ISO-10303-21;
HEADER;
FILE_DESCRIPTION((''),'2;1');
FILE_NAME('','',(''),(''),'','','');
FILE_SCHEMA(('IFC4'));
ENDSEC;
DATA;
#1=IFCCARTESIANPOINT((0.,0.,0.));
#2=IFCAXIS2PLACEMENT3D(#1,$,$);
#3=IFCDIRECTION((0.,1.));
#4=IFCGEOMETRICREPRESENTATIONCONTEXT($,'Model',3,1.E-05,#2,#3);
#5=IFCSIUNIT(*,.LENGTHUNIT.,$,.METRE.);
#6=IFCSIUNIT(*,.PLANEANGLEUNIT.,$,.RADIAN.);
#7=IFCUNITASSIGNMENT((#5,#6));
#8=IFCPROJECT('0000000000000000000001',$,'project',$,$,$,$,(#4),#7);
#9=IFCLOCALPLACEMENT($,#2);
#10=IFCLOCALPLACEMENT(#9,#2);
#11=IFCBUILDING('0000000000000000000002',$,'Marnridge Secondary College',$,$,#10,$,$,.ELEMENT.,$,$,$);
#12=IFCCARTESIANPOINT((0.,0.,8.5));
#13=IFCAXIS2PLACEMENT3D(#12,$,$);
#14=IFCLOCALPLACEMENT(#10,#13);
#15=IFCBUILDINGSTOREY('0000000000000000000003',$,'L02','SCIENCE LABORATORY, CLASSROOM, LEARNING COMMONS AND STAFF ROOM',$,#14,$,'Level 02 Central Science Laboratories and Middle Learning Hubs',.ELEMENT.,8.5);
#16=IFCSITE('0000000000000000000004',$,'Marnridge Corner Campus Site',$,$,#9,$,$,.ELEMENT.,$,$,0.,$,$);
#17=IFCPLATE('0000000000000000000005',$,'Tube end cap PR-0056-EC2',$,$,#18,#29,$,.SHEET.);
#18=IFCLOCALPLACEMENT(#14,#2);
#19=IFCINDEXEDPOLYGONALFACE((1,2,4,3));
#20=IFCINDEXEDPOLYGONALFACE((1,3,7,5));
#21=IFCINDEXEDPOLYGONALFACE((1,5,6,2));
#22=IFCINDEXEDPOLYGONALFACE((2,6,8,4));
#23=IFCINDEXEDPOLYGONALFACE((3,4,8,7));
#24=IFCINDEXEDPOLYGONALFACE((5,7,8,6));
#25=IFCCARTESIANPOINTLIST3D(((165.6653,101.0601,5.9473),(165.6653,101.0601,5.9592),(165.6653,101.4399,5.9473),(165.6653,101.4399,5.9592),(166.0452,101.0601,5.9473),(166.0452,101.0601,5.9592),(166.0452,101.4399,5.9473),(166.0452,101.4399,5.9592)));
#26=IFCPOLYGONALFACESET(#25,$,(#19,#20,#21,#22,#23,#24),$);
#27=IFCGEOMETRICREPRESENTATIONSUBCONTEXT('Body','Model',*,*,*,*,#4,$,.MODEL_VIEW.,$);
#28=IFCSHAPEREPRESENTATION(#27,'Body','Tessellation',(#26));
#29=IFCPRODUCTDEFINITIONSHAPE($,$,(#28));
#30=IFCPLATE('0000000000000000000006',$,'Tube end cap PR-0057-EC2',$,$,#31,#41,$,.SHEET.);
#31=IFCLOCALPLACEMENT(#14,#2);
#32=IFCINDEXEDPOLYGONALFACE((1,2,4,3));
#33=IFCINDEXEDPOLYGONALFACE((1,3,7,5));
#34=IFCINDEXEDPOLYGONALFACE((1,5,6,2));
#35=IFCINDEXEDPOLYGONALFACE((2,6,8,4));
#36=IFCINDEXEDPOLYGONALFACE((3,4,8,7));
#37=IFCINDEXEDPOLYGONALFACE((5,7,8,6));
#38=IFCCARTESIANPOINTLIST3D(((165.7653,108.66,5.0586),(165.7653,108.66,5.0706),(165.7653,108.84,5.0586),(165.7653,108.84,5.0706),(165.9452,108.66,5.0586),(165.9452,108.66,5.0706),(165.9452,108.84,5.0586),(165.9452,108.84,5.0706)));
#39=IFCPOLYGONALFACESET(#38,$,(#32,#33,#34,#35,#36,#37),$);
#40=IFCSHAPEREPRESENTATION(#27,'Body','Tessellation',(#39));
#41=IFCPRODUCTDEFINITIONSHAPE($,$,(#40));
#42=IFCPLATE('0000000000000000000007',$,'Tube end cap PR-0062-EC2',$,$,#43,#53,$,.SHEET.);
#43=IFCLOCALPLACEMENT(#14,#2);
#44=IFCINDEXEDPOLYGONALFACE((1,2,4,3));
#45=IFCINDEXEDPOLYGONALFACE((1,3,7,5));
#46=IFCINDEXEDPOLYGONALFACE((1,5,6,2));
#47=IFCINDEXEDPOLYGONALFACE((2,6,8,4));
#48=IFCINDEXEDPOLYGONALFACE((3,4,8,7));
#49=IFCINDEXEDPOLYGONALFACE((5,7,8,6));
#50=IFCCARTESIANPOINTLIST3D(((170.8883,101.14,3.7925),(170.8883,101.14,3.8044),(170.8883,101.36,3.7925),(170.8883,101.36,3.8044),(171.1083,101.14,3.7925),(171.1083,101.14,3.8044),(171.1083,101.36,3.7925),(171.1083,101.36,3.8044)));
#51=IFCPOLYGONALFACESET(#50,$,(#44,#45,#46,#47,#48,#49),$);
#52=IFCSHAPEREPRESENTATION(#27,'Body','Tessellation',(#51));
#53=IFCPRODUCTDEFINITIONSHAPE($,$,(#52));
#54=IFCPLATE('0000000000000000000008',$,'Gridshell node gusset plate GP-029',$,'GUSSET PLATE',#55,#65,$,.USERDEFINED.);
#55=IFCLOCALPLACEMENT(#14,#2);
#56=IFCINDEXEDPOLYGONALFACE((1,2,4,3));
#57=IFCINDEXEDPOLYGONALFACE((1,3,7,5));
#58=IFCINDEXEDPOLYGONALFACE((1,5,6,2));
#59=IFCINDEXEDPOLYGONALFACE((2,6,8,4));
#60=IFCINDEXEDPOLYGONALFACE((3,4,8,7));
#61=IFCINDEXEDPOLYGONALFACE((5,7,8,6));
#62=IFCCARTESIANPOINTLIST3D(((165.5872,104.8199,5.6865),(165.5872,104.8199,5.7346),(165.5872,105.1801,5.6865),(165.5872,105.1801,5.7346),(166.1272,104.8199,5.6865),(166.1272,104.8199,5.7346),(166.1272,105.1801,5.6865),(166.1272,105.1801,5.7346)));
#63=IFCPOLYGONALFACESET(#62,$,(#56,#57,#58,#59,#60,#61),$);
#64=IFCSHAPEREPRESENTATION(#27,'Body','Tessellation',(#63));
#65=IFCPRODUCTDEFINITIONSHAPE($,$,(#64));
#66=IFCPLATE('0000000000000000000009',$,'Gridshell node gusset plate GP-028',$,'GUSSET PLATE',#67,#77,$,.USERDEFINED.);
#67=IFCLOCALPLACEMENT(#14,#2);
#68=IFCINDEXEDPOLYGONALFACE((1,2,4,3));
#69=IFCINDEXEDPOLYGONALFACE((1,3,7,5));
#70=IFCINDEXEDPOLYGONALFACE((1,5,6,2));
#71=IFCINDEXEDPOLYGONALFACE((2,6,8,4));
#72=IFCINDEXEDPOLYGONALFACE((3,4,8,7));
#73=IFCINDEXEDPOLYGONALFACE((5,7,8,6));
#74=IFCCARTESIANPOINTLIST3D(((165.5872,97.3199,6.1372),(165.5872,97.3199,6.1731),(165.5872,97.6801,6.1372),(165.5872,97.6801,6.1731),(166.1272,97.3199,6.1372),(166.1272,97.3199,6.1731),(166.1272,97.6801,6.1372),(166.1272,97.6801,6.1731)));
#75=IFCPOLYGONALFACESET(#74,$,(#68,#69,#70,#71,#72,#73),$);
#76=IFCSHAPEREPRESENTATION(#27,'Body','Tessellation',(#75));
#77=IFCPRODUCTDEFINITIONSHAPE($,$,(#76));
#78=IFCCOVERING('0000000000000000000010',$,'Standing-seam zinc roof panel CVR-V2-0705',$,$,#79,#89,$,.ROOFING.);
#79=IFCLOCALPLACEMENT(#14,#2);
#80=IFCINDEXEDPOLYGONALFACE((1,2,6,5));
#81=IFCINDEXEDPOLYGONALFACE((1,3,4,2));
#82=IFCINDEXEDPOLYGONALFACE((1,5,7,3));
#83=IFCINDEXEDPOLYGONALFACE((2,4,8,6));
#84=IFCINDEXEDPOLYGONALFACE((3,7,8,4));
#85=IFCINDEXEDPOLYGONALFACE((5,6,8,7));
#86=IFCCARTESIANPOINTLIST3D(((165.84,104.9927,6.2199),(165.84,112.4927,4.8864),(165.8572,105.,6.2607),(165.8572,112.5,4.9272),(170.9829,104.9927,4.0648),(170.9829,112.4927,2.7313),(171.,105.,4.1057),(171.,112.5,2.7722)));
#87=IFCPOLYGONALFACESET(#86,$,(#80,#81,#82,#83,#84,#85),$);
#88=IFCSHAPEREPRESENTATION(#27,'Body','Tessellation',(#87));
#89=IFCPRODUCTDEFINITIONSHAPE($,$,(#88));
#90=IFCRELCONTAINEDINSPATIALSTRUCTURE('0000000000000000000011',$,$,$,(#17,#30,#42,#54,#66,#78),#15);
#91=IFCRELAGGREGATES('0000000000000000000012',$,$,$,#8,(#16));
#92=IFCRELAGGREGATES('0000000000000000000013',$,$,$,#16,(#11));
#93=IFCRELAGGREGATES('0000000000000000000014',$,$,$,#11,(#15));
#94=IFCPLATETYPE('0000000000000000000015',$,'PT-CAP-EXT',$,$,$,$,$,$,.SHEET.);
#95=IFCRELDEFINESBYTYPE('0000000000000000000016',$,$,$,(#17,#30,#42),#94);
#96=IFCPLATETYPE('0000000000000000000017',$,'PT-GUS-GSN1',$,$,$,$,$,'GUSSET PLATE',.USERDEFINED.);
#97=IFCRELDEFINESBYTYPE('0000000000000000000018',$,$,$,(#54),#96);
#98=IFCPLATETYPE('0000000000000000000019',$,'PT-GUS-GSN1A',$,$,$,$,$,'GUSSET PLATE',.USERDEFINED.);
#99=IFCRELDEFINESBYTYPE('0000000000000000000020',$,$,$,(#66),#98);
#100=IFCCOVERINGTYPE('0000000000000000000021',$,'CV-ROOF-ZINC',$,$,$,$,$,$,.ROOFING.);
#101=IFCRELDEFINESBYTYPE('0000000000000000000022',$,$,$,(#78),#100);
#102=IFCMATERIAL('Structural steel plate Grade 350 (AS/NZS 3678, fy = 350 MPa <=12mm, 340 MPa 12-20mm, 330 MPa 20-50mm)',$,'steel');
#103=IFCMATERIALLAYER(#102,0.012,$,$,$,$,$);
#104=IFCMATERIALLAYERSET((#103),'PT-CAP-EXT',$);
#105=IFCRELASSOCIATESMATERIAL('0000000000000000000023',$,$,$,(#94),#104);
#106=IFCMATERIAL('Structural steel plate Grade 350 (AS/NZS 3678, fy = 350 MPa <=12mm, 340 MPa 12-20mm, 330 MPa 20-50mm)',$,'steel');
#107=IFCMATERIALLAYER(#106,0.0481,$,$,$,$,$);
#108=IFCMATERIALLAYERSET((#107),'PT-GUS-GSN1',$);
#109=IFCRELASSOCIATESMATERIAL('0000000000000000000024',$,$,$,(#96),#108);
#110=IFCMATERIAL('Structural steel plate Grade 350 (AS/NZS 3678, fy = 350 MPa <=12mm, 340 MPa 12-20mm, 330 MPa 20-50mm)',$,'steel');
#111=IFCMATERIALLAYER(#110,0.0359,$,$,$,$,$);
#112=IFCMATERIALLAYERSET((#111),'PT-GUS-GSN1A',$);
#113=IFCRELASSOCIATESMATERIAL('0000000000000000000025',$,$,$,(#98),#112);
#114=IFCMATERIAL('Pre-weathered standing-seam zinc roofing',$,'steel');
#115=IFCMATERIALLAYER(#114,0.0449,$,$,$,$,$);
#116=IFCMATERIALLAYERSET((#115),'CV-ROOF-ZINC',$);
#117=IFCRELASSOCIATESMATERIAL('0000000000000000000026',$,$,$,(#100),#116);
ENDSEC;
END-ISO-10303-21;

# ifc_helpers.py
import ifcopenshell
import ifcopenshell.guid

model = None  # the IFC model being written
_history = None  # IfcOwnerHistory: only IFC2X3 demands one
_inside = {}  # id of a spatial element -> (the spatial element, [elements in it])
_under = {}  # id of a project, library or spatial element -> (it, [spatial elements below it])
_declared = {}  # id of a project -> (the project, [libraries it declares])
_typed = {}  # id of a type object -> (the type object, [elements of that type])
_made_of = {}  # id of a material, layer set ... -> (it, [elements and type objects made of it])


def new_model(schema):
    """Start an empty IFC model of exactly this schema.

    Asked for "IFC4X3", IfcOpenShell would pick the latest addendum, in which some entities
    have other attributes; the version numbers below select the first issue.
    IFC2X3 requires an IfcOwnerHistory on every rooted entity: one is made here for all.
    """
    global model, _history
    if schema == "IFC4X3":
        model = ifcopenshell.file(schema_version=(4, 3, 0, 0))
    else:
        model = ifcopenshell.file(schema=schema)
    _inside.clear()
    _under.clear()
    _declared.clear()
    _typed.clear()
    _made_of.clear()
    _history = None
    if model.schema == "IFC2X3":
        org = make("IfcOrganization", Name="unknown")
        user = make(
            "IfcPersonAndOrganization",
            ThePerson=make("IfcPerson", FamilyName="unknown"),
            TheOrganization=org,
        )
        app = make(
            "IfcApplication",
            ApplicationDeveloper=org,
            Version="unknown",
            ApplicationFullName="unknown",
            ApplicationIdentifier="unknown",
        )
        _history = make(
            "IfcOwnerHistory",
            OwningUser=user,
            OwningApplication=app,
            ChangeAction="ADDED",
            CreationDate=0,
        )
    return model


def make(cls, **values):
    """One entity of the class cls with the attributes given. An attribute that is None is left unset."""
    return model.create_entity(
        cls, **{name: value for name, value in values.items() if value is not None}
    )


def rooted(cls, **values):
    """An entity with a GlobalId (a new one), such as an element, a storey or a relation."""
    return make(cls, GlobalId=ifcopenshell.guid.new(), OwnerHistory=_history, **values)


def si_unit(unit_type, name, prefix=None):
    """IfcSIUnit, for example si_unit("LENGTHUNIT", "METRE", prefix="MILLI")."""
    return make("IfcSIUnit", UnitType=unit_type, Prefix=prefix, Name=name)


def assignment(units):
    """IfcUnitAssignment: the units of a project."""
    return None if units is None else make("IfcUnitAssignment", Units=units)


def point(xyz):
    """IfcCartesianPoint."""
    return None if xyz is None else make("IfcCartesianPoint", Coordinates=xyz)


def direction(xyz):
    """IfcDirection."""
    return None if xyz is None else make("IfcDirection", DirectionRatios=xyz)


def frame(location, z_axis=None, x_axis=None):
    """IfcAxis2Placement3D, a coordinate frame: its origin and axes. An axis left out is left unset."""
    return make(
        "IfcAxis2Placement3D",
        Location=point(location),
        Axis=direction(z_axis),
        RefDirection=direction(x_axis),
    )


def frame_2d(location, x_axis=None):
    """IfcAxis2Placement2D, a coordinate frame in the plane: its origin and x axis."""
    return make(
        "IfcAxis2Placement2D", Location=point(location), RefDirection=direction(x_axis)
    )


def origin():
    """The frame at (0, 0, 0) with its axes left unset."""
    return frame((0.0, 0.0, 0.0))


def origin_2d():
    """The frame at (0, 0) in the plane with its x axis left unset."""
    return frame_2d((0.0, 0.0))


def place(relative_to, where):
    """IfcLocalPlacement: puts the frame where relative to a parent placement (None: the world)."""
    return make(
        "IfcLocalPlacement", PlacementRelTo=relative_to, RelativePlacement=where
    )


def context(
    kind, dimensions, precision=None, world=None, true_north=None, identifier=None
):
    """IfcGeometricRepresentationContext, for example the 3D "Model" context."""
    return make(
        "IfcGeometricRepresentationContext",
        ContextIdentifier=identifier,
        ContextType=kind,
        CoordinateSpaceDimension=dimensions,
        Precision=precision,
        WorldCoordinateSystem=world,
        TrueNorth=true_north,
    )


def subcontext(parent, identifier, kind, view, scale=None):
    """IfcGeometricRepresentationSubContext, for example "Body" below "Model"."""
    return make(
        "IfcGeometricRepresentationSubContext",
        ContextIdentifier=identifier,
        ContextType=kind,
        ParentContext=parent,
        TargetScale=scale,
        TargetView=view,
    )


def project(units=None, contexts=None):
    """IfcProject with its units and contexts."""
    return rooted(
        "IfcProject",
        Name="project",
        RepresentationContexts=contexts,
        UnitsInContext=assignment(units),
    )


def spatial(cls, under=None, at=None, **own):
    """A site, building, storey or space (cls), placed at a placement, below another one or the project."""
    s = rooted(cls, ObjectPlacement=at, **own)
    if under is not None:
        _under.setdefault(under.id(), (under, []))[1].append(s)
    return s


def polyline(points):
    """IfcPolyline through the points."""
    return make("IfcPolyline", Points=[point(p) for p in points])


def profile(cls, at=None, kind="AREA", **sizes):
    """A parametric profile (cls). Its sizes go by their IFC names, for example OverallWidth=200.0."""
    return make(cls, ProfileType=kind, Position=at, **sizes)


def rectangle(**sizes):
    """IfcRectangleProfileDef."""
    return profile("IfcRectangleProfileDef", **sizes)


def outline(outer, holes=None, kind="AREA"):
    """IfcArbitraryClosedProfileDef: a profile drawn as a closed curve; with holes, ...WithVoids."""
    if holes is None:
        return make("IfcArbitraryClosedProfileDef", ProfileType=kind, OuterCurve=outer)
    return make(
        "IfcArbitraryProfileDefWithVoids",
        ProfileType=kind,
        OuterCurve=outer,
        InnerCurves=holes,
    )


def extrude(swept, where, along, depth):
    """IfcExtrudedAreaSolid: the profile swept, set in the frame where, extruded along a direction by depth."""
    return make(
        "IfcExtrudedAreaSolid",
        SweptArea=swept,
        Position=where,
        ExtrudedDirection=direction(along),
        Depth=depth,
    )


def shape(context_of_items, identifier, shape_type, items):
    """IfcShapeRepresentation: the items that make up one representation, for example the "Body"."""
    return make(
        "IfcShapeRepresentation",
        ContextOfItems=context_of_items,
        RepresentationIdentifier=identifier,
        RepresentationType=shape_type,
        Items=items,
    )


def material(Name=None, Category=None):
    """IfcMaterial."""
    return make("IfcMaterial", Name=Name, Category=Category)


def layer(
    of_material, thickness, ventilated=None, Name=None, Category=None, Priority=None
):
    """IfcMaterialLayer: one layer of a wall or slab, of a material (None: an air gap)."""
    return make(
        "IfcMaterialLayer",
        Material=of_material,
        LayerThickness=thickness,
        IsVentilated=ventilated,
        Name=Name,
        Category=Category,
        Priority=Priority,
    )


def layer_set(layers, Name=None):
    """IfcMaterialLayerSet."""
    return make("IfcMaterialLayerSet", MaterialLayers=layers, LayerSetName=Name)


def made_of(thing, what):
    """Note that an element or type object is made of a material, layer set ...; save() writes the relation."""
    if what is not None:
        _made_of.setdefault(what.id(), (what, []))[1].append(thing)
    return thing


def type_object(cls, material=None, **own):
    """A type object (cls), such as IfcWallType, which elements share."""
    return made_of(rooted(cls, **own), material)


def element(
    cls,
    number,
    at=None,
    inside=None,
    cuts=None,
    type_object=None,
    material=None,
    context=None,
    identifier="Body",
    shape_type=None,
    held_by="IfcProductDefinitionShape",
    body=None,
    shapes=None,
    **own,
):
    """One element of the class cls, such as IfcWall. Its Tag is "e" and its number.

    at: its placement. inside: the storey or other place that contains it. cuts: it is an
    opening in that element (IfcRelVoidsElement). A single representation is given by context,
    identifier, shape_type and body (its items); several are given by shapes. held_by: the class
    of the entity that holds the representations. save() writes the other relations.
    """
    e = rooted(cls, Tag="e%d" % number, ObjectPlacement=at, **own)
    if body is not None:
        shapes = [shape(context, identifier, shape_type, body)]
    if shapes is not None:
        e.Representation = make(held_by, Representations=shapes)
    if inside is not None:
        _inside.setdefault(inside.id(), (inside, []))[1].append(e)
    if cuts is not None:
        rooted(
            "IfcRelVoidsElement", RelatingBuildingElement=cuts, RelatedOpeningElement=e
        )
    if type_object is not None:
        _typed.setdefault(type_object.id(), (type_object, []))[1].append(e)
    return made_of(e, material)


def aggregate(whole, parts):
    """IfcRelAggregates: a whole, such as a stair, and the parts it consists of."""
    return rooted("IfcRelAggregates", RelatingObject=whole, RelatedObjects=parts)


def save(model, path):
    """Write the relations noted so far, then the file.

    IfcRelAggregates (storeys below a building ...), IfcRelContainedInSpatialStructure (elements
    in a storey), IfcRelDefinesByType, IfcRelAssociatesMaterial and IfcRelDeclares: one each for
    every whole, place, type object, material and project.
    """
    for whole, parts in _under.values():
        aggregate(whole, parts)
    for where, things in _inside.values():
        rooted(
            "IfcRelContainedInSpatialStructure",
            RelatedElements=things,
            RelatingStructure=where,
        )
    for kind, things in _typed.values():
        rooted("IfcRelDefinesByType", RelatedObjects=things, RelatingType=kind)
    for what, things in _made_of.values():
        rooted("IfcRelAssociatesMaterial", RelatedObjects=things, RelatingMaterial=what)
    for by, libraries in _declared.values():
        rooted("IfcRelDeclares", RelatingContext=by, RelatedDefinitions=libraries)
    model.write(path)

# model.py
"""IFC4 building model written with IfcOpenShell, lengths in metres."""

from ifc_helpers import new_model, si_unit, direction, frame, origin, origin_2d, place, context, subcontext, project, spatial, polyline, rectangle, outline, extrude, material, layer, layer_set, type_object, element, save


model = new_model("IFC4")

# Units and contexts
model_context = context("Model", 3, precision=1e-05, world=origin(), true_north=direction((0.0, 1.0)))
body_context = subcontext(model_context, "Body", "Model", "MODEL_VIEW")
ifc_project = project(units=[si_unit("LENGTHUNIT", "METRE"), si_unit("PLANEANGLEUNIT", "RADIAN")], contexts=[model_context])

# Site, building, storey
site_placement = place(None, origin())
site = spatial("IfcSite", under=ifc_project, at=site_placement, Name="Marnridge Corner Campus Site", CompositionType="ELEMENT", RefElevation=0.0)
building_placement = place(site_placement, origin())
building = spatial("IfcBuilding", under=site, at=building_placement, Name="Marnridge Secondary College", CompositionType="ELEMENT")
storey_placement = place(building_placement, frame((0.0, 0.0, 8.5)))
storey = spatial("IfcBuildingStorey", under=building, at=storey_placement, Name="L02", Description="SCIENCE LABORATORY, CLASSROOM, LEARNING COMMONS AND STAFF ROOM", LongName="Level 02 Central Science Laboratories and Middle Learning Hubs", CompositionType="ELEMENT", Elevation=8.5)

# Plates
ifc_material_1 = material(Name="Structural steel plate Grade 350 (AS/NZS 3678, fy = 350 MPa <=12mm, 340 MPa 12-20mm, 330 MPa 20-50mm)", Category="steel")
ifc_layer_1 = layer(ifc_material_1, 0.012)
ifc_layer_set_1 = layer_set([ifc_layer_1], Name="PT-CAP-EXT")
plate_type_1 = type_object("IfcPlateType", Name="PT-CAP-EXT", PredefinedType="SHEET", material=ifc_layer_set_1)
plate_1_placement = place(storey_placement, frame((165.8552, 101.25, 5.9473), z_axis=(0.0, 0.0, 1.0), x_axis=(1.0, 0.0, 0.0)))
element("IfcPlate", 1, at=plate_1_placement, inside=storey, type_object=plate_type_1, Name="Tube end cap PR-0056-EC2", PredefinedType="SHEET", context=body_context, shape_type="SweptSolid", body=[
    extrude(rectangle(XDim=0.3799, YDim=0.3799, at=origin_2d()), origin(), (0.0, 0.0, 1.0), 0.012),
])
plate_2_placement = place(storey_placement, frame((165.8552, 108.75, 5.0586), z_axis=(0.0, 0.0, 1.0), x_axis=(1.0, 0.0, 0.0)))
element("IfcPlate", 2, at=plate_2_placement, inside=storey, type_object=plate_type_1, Name="Tube end cap PR-0057-EC2", PredefinedType="SHEET", context=body_context, shape_type="SweptSolid", body=[
    extrude(rectangle(XDim=0.1799, YDim=0.1799, at=origin_2d()), origin(), (0.0, 0.0, 1.0), 0.012),
])
plate_3_placement = place(storey_placement, frame((170.9983, 101.25, 3.7925), z_axis=(0.0, 0.0, 1.0), x_axis=(1.0, 0.0, 0.0)))
element("IfcPlate", 3, at=plate_3_placement, inside=storey, type_object=plate_type_1, Name="Tube end cap PR-0062-EC2", PredefinedType="SHEET", context=body_context, shape_type="SweptSolid", body=[
    extrude(rectangle(XDim=0.22, YDim=0.22, at=origin_2d()), origin(), (0.0, 0.0, 1.0), 0.012),
])
ifc_material_2 = material(Name="Structural steel plate Grade 350 (AS/NZS 3678, fy = 350 MPa <=12mm, 340 MPa 12-20mm, 330 MPa 20-50mm)", Category="steel")
ifc_layer_2 = layer(ifc_material_2, 0.0481)
ifc_layer_set_2 = layer_set([ifc_layer_2], Name="PT-GUS-GSN1")
plate_type_2 = type_object("IfcPlateType", Name="PT-GUS-GSN1", ElementType="GUSSET PLATE", PredefinedType="USERDEFINED", material=ifc_layer_set_2)
plate_4_placement = place(storey_placement, frame((165.8572, 105.0, 5.6865), z_axis=(0.0, 0.0, 1.0), x_axis=(1.0, 0.0, 0.0)))
element("IfcPlate", 4, at=plate_4_placement, inside=storey, type_object=plate_type_2, Name="Gridshell node gusset plate GP-029", ObjectType="GUSSET PLATE", PredefinedType="USERDEFINED", context=body_context, shape_type="SweptSolid", body=[
    extrude(rectangle(XDim=0.54, YDim=0.3601, at=origin_2d()), origin(), (0.0, 0.0, 1.0), 0.0481),
])
ifc_material_3 = material(Name="Structural steel plate Grade 350 (AS/NZS 3678, fy = 350 MPa <=12mm, 340 MPa 12-20mm, 330 MPa 20-50mm)", Category="steel")
ifc_layer_3 = layer(ifc_material_3, 0.0359)
ifc_layer_set_3 = layer_set([ifc_layer_3], Name="PT-GUS-GSN1A")
plate_type_3 = type_object("IfcPlateType", Name="PT-GUS-GSN1A", ElementType="GUSSET PLATE", PredefinedType="USERDEFINED", material=ifc_layer_set_3)
plate_5_placement = place(storey_placement, frame((165.8572, 97.5, 6.1372), z_axis=(0.0, 0.0, 1.0), x_axis=(1.0, 0.0, 0.0)))
element("IfcPlate", 5, at=plate_5_placement, inside=storey, type_object=plate_type_3, Name="Gridshell node gusset plate GP-028", ObjectType="GUSSET PLATE", PredefinedType="USERDEFINED", context=body_context, shape_type="SweptSolid", body=[
    extrude(rectangle(XDim=0.54, YDim=0.3601, at=origin_2d()), origin(), (0.0, 0.0, 1.0), 0.0359),
])

# Covering
ifc_material_4 = material(Name="Pre-weathered standing-seam zinc roofing", Category="steel")
ifc_layer_4 = layer(ifc_material_4, 0.0449)
ifc_layer_set_4 = layer_set([ifc_layer_4], Name="CV-ROOF-ZINC")
covering_type = type_object("IfcCoveringType", Name="CV-ROOF-ZINC", PredefinedType="ROOFING", material=ifc_layer_set_4)
covering_placement = place(storey_placement, frame((165.8572, 105.0, 6.2607), z_axis=(0.381383, 0.161823, 0.910143), x_axis=(0.922299, 0.0, -0.386477)))
element("IfcCovering", 6, at=covering_placement, inside=storey, type_object=covering_type, Name="Standing-seam zinc roof panel CVR-V2-0705", PredefinedType="ROOFING", context=body_context, shape_type="SweptSolid", body=[
    extrude(outline(polyline([(0.0, 0.0), (5.5761, 0.0), (6.0915, 7.6002), (0.5154, 7.6002), (0.0, 0.0)])), origin(), (0.0, 0.0, -1.0), 0.0449),
])

save(model, "model.ifc")
